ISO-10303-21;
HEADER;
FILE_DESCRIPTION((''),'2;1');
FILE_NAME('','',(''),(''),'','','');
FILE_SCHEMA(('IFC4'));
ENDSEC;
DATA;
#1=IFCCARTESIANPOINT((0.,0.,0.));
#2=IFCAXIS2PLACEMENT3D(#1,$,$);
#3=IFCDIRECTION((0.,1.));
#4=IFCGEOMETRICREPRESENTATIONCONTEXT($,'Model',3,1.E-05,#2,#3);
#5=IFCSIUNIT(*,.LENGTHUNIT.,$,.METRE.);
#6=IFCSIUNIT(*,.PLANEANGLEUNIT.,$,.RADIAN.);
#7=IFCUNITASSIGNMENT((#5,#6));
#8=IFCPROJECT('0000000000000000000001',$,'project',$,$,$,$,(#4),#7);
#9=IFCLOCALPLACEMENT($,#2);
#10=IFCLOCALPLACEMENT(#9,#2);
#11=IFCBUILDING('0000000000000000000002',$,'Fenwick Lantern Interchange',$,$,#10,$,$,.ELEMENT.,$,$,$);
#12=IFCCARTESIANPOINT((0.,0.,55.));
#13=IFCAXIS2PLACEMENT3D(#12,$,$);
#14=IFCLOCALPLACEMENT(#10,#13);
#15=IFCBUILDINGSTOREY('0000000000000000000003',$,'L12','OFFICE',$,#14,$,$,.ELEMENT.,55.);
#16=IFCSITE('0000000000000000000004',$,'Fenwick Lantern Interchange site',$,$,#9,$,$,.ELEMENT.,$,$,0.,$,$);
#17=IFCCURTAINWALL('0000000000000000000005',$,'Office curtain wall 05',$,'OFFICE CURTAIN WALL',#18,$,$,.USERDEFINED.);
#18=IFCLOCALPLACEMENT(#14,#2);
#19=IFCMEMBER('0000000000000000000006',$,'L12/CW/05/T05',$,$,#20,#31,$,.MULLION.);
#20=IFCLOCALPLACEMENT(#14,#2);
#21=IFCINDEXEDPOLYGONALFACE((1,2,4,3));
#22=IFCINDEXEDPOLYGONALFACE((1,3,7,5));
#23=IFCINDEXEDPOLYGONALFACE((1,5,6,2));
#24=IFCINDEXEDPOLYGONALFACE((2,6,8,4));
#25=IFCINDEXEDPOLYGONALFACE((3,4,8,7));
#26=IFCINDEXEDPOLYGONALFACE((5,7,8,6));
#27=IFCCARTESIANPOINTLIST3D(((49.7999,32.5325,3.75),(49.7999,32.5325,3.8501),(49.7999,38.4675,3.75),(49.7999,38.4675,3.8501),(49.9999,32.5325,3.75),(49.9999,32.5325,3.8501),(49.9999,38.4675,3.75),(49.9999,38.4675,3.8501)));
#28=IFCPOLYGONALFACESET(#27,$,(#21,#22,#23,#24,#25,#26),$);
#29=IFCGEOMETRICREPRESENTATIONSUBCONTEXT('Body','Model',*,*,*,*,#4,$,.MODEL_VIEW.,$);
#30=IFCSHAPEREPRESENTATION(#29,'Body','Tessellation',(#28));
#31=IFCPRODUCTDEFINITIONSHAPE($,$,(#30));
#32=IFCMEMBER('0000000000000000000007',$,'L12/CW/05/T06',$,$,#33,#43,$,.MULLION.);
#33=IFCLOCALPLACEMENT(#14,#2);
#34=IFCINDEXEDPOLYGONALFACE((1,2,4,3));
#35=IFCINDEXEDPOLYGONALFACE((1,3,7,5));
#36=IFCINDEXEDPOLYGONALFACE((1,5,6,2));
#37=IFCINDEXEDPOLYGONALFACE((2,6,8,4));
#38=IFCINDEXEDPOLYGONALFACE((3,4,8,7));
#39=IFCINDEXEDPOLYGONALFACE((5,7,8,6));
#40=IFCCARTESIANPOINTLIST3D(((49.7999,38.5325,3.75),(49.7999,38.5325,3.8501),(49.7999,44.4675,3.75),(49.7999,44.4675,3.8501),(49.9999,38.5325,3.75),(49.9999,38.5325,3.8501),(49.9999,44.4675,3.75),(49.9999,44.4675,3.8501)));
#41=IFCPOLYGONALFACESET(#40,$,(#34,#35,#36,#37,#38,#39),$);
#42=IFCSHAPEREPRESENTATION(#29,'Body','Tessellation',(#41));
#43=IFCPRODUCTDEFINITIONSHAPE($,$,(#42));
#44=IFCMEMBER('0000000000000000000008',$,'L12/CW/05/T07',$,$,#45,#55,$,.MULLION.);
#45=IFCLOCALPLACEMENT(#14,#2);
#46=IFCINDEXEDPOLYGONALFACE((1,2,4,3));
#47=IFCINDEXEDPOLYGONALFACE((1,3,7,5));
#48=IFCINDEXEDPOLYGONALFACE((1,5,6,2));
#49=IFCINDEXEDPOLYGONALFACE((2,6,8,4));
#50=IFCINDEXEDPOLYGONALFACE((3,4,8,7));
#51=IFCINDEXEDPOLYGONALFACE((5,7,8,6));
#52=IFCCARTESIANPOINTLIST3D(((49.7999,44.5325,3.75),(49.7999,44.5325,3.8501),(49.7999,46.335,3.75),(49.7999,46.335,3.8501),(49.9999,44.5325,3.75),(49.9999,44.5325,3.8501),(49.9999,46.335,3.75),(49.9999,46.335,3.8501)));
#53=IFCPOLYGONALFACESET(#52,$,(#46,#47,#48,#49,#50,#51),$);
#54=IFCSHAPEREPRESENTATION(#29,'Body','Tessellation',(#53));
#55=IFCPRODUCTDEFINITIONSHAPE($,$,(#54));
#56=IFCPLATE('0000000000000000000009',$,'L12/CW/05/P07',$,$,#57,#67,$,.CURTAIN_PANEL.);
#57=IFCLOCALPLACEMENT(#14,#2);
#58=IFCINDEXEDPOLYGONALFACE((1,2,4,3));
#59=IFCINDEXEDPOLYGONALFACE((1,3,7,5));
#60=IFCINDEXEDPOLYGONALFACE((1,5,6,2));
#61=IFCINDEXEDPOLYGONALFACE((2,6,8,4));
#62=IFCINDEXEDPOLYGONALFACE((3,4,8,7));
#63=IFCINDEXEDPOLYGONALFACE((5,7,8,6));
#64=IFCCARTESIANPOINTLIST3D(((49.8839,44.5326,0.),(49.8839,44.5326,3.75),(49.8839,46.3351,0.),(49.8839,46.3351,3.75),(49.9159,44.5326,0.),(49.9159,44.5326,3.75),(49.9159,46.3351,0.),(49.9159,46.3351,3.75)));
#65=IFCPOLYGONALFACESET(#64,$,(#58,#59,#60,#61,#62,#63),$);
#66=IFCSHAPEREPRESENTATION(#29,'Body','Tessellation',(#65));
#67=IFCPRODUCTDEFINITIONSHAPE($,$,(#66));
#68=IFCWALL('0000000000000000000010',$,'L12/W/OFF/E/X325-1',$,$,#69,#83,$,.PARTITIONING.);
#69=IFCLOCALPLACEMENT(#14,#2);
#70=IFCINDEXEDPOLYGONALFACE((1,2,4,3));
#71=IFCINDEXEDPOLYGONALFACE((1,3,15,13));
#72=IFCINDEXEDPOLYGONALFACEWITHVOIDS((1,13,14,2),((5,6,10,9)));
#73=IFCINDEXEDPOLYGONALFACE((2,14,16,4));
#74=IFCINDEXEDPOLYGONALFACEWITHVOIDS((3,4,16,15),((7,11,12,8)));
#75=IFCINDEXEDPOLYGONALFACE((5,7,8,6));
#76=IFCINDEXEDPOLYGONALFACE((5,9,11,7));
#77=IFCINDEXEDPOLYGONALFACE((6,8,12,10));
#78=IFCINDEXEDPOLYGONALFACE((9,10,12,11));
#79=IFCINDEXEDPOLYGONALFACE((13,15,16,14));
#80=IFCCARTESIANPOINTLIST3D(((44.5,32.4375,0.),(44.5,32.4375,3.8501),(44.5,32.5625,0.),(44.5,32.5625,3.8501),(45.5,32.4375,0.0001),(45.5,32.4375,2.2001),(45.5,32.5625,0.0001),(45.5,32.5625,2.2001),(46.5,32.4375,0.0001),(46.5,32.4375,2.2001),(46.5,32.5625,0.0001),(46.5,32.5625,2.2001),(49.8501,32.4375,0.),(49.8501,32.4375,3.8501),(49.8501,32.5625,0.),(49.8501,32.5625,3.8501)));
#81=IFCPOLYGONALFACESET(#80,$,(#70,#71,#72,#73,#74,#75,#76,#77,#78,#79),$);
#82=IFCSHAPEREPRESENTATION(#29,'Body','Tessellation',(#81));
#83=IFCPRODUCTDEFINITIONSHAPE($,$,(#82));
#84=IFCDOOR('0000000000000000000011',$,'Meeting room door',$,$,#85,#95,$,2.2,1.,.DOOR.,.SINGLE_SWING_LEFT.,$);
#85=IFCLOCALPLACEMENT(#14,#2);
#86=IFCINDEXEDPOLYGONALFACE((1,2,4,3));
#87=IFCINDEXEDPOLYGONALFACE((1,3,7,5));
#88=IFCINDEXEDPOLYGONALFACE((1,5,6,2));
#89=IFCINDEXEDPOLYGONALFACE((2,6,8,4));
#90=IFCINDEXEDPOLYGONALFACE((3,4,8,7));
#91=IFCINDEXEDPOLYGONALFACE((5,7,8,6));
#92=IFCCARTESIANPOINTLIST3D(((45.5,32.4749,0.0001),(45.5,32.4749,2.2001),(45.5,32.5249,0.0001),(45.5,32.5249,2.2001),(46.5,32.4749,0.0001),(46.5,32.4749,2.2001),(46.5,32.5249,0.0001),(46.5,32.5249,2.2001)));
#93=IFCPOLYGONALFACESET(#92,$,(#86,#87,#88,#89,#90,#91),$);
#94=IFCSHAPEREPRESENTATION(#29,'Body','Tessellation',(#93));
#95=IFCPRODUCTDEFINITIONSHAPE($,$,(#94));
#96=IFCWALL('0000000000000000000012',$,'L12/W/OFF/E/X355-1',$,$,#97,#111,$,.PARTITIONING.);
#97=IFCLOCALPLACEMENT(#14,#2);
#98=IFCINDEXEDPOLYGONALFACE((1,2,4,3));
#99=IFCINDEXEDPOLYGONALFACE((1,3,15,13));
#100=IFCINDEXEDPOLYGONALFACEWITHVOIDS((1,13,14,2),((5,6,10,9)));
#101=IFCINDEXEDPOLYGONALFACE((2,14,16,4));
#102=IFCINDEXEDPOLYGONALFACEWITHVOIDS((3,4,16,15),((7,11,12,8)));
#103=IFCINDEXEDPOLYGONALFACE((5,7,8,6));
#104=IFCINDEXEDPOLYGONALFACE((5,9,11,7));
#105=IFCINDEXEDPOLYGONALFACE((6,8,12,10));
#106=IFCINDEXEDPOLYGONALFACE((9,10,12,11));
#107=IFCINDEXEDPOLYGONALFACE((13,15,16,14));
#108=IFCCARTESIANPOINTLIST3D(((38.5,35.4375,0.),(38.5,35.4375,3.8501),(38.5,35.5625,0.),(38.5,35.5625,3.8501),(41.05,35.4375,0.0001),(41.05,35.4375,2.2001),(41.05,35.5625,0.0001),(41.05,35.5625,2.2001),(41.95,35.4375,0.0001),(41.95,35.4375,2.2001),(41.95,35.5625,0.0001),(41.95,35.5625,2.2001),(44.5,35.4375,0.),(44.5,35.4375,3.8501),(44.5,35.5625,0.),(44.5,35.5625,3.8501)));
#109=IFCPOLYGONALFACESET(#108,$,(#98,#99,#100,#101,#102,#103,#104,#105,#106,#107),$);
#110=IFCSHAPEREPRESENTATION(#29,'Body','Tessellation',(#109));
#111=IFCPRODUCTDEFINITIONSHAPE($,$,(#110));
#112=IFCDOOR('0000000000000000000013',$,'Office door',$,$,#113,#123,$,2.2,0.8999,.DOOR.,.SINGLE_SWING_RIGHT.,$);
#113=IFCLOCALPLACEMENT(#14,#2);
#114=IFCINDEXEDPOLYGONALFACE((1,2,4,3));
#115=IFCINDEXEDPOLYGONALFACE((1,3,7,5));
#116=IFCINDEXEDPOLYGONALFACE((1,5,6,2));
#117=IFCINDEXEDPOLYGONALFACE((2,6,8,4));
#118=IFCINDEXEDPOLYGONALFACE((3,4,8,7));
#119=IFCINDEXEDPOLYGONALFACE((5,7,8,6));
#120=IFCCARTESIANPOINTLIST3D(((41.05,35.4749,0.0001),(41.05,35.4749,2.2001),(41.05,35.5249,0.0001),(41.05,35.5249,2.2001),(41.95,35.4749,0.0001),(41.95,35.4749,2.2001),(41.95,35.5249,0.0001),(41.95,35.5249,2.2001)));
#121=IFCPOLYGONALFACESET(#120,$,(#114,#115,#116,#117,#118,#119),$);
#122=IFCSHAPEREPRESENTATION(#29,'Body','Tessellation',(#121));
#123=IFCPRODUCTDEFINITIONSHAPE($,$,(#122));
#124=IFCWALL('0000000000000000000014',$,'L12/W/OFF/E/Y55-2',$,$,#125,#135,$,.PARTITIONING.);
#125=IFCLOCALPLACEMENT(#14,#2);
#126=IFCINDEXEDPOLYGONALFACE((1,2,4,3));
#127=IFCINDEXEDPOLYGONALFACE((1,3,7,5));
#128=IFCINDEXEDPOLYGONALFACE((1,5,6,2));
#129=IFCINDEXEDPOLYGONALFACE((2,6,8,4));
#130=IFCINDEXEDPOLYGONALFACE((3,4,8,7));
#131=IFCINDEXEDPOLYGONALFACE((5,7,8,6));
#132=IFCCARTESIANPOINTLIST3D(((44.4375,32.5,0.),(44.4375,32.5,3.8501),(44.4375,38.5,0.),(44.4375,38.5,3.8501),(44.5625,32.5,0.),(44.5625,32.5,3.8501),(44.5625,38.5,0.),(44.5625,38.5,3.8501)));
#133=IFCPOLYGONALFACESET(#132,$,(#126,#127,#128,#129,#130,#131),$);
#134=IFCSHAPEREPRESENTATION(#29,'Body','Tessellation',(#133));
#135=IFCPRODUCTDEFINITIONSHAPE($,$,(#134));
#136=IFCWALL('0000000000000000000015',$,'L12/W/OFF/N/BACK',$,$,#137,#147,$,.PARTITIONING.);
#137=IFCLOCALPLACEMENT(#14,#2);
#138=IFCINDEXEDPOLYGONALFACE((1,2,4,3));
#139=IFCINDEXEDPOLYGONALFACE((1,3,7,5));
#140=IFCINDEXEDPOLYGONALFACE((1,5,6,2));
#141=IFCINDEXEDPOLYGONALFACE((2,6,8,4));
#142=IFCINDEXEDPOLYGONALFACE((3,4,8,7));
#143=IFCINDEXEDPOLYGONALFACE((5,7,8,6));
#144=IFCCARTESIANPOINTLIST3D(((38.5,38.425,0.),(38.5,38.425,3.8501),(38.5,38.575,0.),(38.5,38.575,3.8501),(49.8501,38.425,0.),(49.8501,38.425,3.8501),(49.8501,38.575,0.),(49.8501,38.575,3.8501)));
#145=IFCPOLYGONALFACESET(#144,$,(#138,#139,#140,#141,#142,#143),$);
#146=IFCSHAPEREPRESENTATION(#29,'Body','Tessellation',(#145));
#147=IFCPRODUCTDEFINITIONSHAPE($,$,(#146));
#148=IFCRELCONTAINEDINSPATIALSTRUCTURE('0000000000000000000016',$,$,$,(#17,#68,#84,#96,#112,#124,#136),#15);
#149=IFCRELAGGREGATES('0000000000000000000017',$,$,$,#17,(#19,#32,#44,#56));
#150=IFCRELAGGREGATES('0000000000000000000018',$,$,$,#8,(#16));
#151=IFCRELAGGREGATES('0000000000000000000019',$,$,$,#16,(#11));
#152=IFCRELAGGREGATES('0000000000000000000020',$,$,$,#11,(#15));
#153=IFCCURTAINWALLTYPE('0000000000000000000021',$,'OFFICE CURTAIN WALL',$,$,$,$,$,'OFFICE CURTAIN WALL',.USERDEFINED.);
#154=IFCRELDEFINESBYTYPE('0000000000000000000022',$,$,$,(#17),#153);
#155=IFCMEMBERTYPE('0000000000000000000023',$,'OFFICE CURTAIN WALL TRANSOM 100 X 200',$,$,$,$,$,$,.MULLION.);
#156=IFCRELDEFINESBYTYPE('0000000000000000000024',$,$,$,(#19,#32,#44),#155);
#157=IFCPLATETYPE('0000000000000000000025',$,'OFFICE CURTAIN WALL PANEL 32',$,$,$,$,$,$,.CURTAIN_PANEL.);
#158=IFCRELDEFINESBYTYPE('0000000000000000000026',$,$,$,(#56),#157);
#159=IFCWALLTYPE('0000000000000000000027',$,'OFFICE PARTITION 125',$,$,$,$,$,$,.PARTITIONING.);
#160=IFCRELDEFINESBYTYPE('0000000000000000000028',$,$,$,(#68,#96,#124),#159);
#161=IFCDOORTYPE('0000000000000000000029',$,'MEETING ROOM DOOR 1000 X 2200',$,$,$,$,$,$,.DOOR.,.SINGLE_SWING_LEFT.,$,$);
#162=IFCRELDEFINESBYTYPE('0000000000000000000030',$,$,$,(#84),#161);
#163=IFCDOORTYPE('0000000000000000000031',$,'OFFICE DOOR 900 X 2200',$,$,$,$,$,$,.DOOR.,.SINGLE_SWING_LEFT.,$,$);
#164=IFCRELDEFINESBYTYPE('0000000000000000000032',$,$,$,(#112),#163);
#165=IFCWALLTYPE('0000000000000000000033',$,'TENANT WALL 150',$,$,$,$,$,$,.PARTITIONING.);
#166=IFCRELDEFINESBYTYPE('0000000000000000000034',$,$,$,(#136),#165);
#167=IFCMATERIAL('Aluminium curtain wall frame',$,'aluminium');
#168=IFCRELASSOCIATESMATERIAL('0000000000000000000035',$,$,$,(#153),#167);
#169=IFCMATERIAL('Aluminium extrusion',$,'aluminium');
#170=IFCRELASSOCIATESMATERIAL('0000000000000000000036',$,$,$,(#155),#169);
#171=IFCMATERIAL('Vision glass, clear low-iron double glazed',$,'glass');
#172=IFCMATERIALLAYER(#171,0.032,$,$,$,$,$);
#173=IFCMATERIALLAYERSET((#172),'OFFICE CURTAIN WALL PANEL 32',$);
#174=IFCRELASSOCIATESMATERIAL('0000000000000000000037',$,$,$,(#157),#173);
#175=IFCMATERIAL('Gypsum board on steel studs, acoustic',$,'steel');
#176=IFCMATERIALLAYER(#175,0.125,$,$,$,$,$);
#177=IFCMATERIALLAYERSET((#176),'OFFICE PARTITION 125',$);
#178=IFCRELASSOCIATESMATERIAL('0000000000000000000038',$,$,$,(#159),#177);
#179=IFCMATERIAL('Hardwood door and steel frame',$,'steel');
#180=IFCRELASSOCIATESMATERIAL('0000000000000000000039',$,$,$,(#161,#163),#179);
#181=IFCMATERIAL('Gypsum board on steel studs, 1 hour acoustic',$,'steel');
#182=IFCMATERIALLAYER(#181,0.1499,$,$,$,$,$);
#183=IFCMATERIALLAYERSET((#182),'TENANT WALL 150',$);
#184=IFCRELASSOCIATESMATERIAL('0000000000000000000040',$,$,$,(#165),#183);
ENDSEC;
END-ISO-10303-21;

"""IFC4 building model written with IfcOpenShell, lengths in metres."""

from ifc_helpers import new_model, si_unit, direction, frame, frame_2d, origin, origin_2d, place, context, subcontext, project, spatial, rectangle, extrude, material, layer, layer_set, material_profile, profile_set, type_object, element, fill, aggregate, save


model = new_model("IFC4")

# Units and contexts
model_context = context("Model", 3, precision=1e-05, world=origin(), true_north=direction((0.0, 1.0)))
body_context = subcontext(model_context, "Body", "Model", "MODEL_VIEW")
ifc_project = project(units=[si_unit("LENGTHUNIT", "METRE"), si_unit("PLANEANGLEUNIT", "RADIAN")], contexts=[model_context])

# Site, building, storey
site_placement = place(None, origin())
site = spatial("IfcSite", under=ifc_project, at=site_placement, Name="Fenwick Lantern Interchange site", CompositionType="ELEMENT", RefElevation=0.0)
building_placement = place(site_placement, origin())
building = spatial("IfcBuilding", under=site, at=building_placement, Name="Fenwick Lantern Interchange", CompositionType="ELEMENT")
storey_placement = place(building_placement, frame((0.0, 0.0, 55.0)))
storey = spatial("IfcBuildingStorey", under=building, at=storey_placement, Name="L12", Description="OFFICE", CompositionType="ELEMENT", Elevation=55.0)

# Curtain wall
ifc_material_1 = material(Name="Aluminium curtain wall frame", Category="aluminium")
curtain_wall_type = type_object("IfcCurtainWallType", Name="OFFICE CURTAIN WALL", ElementType="OFFICE CURTAIN WALL", PredefinedType="USERDEFINED", material=ifc_material_1)
curtain_wall_1_placement = place(storey_placement, origin())
curtain_wall_1 = element("IfcCurtainWall", 1, at=curtain_wall_1_placement, inside=storey, type_object=curtain_wall_type, Name="Office curtain wall 05", ObjectType="OFFICE CURTAIN WALL", PredefinedType="USERDEFINED")
ifc_material_2 = material(Name="Aluminium extrusion", Category="aluminium")

# Members
ifc_material_profile_1 = material_profile(ifc_material_2, rectangle(XDim=0.2, YDim=0.1001, at=origin_2d()), Name="OFFICE CURTAIN WALL TRANSOM 100 X 200")
ifc_profile_set_1 = profile_set([ifc_material_profile_1], Name="Aluminium extrusion")
member_type_1 = type_object("IfcMemberType", Name="OFFICE CURTAIN WALL TRANSOM 100 X 200", PredefinedType="MULLION", material=ifc_profile_set_1)
member_1_placement = place(storey_placement, frame((49.8999, 32.5325, 3.8), z_axis=(0.0, 1.0, 0.0), x_axis=(-1.0, 0.0, 0.0)))
member_1 = element("IfcMember", 2, at=member_1_placement, type_object=member_type_1, Name="L12/CW/05/T05", PredefinedType="MULLION", context=body_context, shape_type="SweptSolid", body=[
    extrude(rectangle(XDim=0.2, YDim=0.1001, at=origin_2d()), origin(), (0.0, 0.0, 1.0), 5.9351),
])
member_2_placement = place(storey_placement, frame((49.8999, 38.5325, 3.8), z_axis=(0.0, 1.0, 0.0), x_axis=(-1.0, 0.0, 0.0)))
member_2 = element("IfcMember", 3, at=member_2_placement, type_object=member_type_1, Name="L12/CW/05/T06", PredefinedType="MULLION", context=body_context, shape_type="SweptSolid", body=[
    extrude(rectangle(XDim=0.2, YDim=0.1001, at=origin_2d()), origin(), (0.0, 0.0, 1.0), 5.9351),
])
member_3_placement = place(storey_placement, frame((49.8999, 44.5325, 3.8), z_axis=(0.0, 1.0, 0.0), x_axis=(-1.0, 0.0, 0.0)))
member_3 = element("IfcMember", 4, at=member_3_placement, type_object=member_type_1, Name="L12/CW/05/T07", PredefinedType="MULLION", context=body_context, shape_type="SweptSolid", body=[
    extrude(rectangle(XDim=0.2, YDim=0.1001, at=origin_2d()), origin(), (0.0, 0.0, 1.0), 1.8025),
])

# Plate
ifc_material_3 = material(Name="Vision glass, clear low-iron double glazed", Category="glass")
ifc_layer_1 = layer(ifc_material_3, 0.032)
ifc_layer_set_1 = layer_set([ifc_layer_1], Name="OFFICE CURTAIN WALL PANEL 32")
plate_type = type_object("IfcPlateType", Name="OFFICE CURTAIN WALL PANEL 32", PredefinedType="CURTAIN_PANEL", material=ifc_layer_set_1)
plate_placement = place(storey_placement, frame((49.8999, 45.4338, 0.0), z_axis=(0.0, 0.0, 1.0), x_axis=(0.0, 1.0, 0.0)))
plate = element("IfcPlate", 5, at=plate_placement, type_object=plate_type, Name="L12/CW/05/P07", PredefinedType="CURTAIN_PANEL", context=body_context, shape_type="SweptSolid", body=[
    extrude(rectangle(XDim=1.8025, YDim=0.032, at=origin_2d()), origin(), (0.0, 0.0, 1.0), 3.75),
])
aggregate(curtain_wall_1, [member_1, member_2, member_3, plate])

# Walls, openings, doors
ifc_material_4 = material(Name="Gypsum board on steel studs, acoustic", Category="steel")
ifc_layer_2 = layer(ifc_material_4, 0.125)
ifc_layer_set_2 = layer_set([ifc_layer_2], Name="OFFICE PARTITION 125")
wall_type_1 = type_object("IfcWallType", Name="OFFICE PARTITION 125", PredefinedType="PARTITIONING", material=ifc_layer_set_2)
wall_1_placement = place(storey_placement, frame((49.8501, 32.5, 0.0), z_axis=(0.0, 0.0, 1.0), x_axis=(-1.0, 0.0, 0.0)))
wall_1 = element("IfcWall", 6, at=wall_1_placement, inside=storey, type_object=wall_type_1, Name="L12/W/OFF/E/X325-1", PredefinedType="PARTITIONING", context=body_context, shape_type="SweptSolid", body=[
    extrude(rectangle(XDim=5.3501, YDim=0.125, at=frame_2d((2.675, 0.0))), origin(), (0.0, 0.0, 1.0), 3.8501),
])
opening_1_placement = place(wall_1_placement, frame((3.3501, 0.0, 0.0)))
opening_1 = element("IfcOpeningElement", 7, at=opening_1_placement, cuts=wall_1, PredefinedType="OPENING", context=body_context, shape_type="SweptSolid", body=[
    extrude(rectangle(XDim=1.0, YDim=2.2, at=frame_2d((0.5, 1.1001))), frame((0.0, 0.0725, 0.0), z_axis=(0.0, -1.0, 0.0), x_axis=(1.0, 0.0, 0.0)), (0.0, 0.0, 1.0), 0.145),
])
ifc_material_5 = material(Name="Hardwood door and steel frame", Category="steel")
door_type_1 = type_object("IfcDoorType", Name="MEETING ROOM DOOR 1000 X 2200", OperationType="SINGLE_SWING_LEFT", PredefinedType="DOOR", material=ifc_material_5)
door_1_placement = place(opening_1_placement, frame((1.0, 0.0, 0.0), z_axis=(0.0, 0.0, 1.0), x_axis=(-1.0, 0.0, 0.0)))
door_1 = element("IfcDoor", 8, at=door_1_placement, inside=storey, type_object=door_type_1, Name="Meeting room door", OperationType="SINGLE_SWING_LEFT", OverallHeight=2.2, OverallWidth=1.0, PredefinedType="DOOR", context=body_context, shape_type="SweptSolid", body=[
    extrude(rectangle(XDim=1.0, YDim=2.2, at=frame_2d((0.5, 1.1001))), frame((0.0, 0.0249, 0.0), z_axis=(0.0, -1.0, 0.0), x_axis=(1.0, 0.0, 0.0)), (0.0, 0.0, 1.0), 0.05),
])
fill(opening_1, door_1)
wall_2_placement = place(storey_placement, frame((44.5, 35.5, 0.0), z_axis=(0.0, 0.0, 1.0), x_axis=(-1.0, 0.0, 0.0)))
wall_2 = element("IfcWall", 9, at=wall_2_placement, inside=storey, type_object=wall_type_1, Name="L12/W/OFF/E/X355-1", PredefinedType="PARTITIONING", context=body_context, shape_type="SweptSolid", body=[
    extrude(rectangle(XDim=6.0, YDim=0.125, at=frame_2d((3.0, 0.0))), origin(), (0.0, 0.0, 1.0), 3.8501),
])
opening_2_placement = place(wall_2_placement, frame((2.55, 0.0, 0.0)))
opening_2 = element("IfcOpeningElement", 10, at=opening_2_placement, cuts=wall_2, PredefinedType="OPENING", context=body_context, shape_type="SweptSolid", body=[
    extrude(rectangle(XDim=0.8999, YDim=2.2, at=frame_2d((0.45, 1.1001))), frame((0.0, 0.0725, 0.0), z_axis=(0.0, -1.0, 0.0), x_axis=(1.0, 0.0, 0.0)), (0.0, 0.0, 1.0), 0.145),
])
door_type_2 = type_object("IfcDoorType", Name="OFFICE DOOR 900 X 2200", OperationType="SINGLE_SWING_LEFT", PredefinedType="DOOR", material=ifc_material_5)
door_2_placement = place(opening_2_placement, frame((0.8999, 0.0, 0.0), z_axis=(0.0, 0.0, 1.0), x_axis=(-1.0, 0.0, 0.0)))
door_2 = element("IfcDoor", 11, at=door_2_placement, inside=storey, type_object=door_type_2, Name="Office door", OperationType="SINGLE_SWING_RIGHT", OverallHeight=2.2, OverallWidth=0.8999, PredefinedType="DOOR", context=body_context, shape_type="SweptSolid", body=[
    extrude(rectangle(XDim=0.8999, YDim=2.2, at=frame_2d((0.45, 1.1001))), frame((0.0, 0.0249, 0.0), z_axis=(0.0, -1.0, 0.0), x_axis=(1.0, 0.0, 0.0)), (0.0, 0.0, 1.0), 0.05),
])
fill(opening_2, door_2)

# Walls
wall_3_placement = place(storey_placement, frame((44.5, 32.5, 0.0), z_axis=(0.0, 0.0, 1.0), x_axis=(0.0, 1.0, 0.0)))
element("IfcWall", 12, at=wall_3_placement, inside=storey, type_object=wall_type_1, Name="L12/W/OFF/E/Y55-2", PredefinedType="PARTITIONING", context=body_context, shape_type="SweptSolid", body=[
    extrude(rectangle(XDim=6.0, YDim=0.125, at=frame_2d((3.0, 0.0))), origin(), (0.0, 0.0, 1.0), 3.8501),
])
ifc_material_6 = material(Name="Gypsum board on steel studs, 1 hour acoustic", Category="steel")
ifc_layer_3 = layer(ifc_material_6, 0.1499)
ifc_layer_set_3 = layer_set([ifc_layer_3], Name="TENANT WALL 150")
wall_type_2 = type_object("IfcWallType", Name="TENANT WALL 150", PredefinedType="PARTITIONING", material=ifc_layer_set_3)
wall_4_placement = place(storey_placement, frame((49.8501, 38.5, 0.0), z_axis=(0.0, 0.0, 1.0), x_axis=(-1.0, 0.0, 0.0)))
element("IfcWall", 13, at=wall_4_placement, inside=storey, type_object=wall_type_2, Name="L12/W/OFF/N/BACK", PredefinedType="PARTITIONING", context=body_context, shape_type="SweptSolid", body=[
    extrude(rectangle(XDim=11.3501, YDim=0.1499, at=frame_2d((5.675, 0.0))), origin(), (0.0, 0.0, 1.0), 3.8501),
])

save(model, "model.ifc")
